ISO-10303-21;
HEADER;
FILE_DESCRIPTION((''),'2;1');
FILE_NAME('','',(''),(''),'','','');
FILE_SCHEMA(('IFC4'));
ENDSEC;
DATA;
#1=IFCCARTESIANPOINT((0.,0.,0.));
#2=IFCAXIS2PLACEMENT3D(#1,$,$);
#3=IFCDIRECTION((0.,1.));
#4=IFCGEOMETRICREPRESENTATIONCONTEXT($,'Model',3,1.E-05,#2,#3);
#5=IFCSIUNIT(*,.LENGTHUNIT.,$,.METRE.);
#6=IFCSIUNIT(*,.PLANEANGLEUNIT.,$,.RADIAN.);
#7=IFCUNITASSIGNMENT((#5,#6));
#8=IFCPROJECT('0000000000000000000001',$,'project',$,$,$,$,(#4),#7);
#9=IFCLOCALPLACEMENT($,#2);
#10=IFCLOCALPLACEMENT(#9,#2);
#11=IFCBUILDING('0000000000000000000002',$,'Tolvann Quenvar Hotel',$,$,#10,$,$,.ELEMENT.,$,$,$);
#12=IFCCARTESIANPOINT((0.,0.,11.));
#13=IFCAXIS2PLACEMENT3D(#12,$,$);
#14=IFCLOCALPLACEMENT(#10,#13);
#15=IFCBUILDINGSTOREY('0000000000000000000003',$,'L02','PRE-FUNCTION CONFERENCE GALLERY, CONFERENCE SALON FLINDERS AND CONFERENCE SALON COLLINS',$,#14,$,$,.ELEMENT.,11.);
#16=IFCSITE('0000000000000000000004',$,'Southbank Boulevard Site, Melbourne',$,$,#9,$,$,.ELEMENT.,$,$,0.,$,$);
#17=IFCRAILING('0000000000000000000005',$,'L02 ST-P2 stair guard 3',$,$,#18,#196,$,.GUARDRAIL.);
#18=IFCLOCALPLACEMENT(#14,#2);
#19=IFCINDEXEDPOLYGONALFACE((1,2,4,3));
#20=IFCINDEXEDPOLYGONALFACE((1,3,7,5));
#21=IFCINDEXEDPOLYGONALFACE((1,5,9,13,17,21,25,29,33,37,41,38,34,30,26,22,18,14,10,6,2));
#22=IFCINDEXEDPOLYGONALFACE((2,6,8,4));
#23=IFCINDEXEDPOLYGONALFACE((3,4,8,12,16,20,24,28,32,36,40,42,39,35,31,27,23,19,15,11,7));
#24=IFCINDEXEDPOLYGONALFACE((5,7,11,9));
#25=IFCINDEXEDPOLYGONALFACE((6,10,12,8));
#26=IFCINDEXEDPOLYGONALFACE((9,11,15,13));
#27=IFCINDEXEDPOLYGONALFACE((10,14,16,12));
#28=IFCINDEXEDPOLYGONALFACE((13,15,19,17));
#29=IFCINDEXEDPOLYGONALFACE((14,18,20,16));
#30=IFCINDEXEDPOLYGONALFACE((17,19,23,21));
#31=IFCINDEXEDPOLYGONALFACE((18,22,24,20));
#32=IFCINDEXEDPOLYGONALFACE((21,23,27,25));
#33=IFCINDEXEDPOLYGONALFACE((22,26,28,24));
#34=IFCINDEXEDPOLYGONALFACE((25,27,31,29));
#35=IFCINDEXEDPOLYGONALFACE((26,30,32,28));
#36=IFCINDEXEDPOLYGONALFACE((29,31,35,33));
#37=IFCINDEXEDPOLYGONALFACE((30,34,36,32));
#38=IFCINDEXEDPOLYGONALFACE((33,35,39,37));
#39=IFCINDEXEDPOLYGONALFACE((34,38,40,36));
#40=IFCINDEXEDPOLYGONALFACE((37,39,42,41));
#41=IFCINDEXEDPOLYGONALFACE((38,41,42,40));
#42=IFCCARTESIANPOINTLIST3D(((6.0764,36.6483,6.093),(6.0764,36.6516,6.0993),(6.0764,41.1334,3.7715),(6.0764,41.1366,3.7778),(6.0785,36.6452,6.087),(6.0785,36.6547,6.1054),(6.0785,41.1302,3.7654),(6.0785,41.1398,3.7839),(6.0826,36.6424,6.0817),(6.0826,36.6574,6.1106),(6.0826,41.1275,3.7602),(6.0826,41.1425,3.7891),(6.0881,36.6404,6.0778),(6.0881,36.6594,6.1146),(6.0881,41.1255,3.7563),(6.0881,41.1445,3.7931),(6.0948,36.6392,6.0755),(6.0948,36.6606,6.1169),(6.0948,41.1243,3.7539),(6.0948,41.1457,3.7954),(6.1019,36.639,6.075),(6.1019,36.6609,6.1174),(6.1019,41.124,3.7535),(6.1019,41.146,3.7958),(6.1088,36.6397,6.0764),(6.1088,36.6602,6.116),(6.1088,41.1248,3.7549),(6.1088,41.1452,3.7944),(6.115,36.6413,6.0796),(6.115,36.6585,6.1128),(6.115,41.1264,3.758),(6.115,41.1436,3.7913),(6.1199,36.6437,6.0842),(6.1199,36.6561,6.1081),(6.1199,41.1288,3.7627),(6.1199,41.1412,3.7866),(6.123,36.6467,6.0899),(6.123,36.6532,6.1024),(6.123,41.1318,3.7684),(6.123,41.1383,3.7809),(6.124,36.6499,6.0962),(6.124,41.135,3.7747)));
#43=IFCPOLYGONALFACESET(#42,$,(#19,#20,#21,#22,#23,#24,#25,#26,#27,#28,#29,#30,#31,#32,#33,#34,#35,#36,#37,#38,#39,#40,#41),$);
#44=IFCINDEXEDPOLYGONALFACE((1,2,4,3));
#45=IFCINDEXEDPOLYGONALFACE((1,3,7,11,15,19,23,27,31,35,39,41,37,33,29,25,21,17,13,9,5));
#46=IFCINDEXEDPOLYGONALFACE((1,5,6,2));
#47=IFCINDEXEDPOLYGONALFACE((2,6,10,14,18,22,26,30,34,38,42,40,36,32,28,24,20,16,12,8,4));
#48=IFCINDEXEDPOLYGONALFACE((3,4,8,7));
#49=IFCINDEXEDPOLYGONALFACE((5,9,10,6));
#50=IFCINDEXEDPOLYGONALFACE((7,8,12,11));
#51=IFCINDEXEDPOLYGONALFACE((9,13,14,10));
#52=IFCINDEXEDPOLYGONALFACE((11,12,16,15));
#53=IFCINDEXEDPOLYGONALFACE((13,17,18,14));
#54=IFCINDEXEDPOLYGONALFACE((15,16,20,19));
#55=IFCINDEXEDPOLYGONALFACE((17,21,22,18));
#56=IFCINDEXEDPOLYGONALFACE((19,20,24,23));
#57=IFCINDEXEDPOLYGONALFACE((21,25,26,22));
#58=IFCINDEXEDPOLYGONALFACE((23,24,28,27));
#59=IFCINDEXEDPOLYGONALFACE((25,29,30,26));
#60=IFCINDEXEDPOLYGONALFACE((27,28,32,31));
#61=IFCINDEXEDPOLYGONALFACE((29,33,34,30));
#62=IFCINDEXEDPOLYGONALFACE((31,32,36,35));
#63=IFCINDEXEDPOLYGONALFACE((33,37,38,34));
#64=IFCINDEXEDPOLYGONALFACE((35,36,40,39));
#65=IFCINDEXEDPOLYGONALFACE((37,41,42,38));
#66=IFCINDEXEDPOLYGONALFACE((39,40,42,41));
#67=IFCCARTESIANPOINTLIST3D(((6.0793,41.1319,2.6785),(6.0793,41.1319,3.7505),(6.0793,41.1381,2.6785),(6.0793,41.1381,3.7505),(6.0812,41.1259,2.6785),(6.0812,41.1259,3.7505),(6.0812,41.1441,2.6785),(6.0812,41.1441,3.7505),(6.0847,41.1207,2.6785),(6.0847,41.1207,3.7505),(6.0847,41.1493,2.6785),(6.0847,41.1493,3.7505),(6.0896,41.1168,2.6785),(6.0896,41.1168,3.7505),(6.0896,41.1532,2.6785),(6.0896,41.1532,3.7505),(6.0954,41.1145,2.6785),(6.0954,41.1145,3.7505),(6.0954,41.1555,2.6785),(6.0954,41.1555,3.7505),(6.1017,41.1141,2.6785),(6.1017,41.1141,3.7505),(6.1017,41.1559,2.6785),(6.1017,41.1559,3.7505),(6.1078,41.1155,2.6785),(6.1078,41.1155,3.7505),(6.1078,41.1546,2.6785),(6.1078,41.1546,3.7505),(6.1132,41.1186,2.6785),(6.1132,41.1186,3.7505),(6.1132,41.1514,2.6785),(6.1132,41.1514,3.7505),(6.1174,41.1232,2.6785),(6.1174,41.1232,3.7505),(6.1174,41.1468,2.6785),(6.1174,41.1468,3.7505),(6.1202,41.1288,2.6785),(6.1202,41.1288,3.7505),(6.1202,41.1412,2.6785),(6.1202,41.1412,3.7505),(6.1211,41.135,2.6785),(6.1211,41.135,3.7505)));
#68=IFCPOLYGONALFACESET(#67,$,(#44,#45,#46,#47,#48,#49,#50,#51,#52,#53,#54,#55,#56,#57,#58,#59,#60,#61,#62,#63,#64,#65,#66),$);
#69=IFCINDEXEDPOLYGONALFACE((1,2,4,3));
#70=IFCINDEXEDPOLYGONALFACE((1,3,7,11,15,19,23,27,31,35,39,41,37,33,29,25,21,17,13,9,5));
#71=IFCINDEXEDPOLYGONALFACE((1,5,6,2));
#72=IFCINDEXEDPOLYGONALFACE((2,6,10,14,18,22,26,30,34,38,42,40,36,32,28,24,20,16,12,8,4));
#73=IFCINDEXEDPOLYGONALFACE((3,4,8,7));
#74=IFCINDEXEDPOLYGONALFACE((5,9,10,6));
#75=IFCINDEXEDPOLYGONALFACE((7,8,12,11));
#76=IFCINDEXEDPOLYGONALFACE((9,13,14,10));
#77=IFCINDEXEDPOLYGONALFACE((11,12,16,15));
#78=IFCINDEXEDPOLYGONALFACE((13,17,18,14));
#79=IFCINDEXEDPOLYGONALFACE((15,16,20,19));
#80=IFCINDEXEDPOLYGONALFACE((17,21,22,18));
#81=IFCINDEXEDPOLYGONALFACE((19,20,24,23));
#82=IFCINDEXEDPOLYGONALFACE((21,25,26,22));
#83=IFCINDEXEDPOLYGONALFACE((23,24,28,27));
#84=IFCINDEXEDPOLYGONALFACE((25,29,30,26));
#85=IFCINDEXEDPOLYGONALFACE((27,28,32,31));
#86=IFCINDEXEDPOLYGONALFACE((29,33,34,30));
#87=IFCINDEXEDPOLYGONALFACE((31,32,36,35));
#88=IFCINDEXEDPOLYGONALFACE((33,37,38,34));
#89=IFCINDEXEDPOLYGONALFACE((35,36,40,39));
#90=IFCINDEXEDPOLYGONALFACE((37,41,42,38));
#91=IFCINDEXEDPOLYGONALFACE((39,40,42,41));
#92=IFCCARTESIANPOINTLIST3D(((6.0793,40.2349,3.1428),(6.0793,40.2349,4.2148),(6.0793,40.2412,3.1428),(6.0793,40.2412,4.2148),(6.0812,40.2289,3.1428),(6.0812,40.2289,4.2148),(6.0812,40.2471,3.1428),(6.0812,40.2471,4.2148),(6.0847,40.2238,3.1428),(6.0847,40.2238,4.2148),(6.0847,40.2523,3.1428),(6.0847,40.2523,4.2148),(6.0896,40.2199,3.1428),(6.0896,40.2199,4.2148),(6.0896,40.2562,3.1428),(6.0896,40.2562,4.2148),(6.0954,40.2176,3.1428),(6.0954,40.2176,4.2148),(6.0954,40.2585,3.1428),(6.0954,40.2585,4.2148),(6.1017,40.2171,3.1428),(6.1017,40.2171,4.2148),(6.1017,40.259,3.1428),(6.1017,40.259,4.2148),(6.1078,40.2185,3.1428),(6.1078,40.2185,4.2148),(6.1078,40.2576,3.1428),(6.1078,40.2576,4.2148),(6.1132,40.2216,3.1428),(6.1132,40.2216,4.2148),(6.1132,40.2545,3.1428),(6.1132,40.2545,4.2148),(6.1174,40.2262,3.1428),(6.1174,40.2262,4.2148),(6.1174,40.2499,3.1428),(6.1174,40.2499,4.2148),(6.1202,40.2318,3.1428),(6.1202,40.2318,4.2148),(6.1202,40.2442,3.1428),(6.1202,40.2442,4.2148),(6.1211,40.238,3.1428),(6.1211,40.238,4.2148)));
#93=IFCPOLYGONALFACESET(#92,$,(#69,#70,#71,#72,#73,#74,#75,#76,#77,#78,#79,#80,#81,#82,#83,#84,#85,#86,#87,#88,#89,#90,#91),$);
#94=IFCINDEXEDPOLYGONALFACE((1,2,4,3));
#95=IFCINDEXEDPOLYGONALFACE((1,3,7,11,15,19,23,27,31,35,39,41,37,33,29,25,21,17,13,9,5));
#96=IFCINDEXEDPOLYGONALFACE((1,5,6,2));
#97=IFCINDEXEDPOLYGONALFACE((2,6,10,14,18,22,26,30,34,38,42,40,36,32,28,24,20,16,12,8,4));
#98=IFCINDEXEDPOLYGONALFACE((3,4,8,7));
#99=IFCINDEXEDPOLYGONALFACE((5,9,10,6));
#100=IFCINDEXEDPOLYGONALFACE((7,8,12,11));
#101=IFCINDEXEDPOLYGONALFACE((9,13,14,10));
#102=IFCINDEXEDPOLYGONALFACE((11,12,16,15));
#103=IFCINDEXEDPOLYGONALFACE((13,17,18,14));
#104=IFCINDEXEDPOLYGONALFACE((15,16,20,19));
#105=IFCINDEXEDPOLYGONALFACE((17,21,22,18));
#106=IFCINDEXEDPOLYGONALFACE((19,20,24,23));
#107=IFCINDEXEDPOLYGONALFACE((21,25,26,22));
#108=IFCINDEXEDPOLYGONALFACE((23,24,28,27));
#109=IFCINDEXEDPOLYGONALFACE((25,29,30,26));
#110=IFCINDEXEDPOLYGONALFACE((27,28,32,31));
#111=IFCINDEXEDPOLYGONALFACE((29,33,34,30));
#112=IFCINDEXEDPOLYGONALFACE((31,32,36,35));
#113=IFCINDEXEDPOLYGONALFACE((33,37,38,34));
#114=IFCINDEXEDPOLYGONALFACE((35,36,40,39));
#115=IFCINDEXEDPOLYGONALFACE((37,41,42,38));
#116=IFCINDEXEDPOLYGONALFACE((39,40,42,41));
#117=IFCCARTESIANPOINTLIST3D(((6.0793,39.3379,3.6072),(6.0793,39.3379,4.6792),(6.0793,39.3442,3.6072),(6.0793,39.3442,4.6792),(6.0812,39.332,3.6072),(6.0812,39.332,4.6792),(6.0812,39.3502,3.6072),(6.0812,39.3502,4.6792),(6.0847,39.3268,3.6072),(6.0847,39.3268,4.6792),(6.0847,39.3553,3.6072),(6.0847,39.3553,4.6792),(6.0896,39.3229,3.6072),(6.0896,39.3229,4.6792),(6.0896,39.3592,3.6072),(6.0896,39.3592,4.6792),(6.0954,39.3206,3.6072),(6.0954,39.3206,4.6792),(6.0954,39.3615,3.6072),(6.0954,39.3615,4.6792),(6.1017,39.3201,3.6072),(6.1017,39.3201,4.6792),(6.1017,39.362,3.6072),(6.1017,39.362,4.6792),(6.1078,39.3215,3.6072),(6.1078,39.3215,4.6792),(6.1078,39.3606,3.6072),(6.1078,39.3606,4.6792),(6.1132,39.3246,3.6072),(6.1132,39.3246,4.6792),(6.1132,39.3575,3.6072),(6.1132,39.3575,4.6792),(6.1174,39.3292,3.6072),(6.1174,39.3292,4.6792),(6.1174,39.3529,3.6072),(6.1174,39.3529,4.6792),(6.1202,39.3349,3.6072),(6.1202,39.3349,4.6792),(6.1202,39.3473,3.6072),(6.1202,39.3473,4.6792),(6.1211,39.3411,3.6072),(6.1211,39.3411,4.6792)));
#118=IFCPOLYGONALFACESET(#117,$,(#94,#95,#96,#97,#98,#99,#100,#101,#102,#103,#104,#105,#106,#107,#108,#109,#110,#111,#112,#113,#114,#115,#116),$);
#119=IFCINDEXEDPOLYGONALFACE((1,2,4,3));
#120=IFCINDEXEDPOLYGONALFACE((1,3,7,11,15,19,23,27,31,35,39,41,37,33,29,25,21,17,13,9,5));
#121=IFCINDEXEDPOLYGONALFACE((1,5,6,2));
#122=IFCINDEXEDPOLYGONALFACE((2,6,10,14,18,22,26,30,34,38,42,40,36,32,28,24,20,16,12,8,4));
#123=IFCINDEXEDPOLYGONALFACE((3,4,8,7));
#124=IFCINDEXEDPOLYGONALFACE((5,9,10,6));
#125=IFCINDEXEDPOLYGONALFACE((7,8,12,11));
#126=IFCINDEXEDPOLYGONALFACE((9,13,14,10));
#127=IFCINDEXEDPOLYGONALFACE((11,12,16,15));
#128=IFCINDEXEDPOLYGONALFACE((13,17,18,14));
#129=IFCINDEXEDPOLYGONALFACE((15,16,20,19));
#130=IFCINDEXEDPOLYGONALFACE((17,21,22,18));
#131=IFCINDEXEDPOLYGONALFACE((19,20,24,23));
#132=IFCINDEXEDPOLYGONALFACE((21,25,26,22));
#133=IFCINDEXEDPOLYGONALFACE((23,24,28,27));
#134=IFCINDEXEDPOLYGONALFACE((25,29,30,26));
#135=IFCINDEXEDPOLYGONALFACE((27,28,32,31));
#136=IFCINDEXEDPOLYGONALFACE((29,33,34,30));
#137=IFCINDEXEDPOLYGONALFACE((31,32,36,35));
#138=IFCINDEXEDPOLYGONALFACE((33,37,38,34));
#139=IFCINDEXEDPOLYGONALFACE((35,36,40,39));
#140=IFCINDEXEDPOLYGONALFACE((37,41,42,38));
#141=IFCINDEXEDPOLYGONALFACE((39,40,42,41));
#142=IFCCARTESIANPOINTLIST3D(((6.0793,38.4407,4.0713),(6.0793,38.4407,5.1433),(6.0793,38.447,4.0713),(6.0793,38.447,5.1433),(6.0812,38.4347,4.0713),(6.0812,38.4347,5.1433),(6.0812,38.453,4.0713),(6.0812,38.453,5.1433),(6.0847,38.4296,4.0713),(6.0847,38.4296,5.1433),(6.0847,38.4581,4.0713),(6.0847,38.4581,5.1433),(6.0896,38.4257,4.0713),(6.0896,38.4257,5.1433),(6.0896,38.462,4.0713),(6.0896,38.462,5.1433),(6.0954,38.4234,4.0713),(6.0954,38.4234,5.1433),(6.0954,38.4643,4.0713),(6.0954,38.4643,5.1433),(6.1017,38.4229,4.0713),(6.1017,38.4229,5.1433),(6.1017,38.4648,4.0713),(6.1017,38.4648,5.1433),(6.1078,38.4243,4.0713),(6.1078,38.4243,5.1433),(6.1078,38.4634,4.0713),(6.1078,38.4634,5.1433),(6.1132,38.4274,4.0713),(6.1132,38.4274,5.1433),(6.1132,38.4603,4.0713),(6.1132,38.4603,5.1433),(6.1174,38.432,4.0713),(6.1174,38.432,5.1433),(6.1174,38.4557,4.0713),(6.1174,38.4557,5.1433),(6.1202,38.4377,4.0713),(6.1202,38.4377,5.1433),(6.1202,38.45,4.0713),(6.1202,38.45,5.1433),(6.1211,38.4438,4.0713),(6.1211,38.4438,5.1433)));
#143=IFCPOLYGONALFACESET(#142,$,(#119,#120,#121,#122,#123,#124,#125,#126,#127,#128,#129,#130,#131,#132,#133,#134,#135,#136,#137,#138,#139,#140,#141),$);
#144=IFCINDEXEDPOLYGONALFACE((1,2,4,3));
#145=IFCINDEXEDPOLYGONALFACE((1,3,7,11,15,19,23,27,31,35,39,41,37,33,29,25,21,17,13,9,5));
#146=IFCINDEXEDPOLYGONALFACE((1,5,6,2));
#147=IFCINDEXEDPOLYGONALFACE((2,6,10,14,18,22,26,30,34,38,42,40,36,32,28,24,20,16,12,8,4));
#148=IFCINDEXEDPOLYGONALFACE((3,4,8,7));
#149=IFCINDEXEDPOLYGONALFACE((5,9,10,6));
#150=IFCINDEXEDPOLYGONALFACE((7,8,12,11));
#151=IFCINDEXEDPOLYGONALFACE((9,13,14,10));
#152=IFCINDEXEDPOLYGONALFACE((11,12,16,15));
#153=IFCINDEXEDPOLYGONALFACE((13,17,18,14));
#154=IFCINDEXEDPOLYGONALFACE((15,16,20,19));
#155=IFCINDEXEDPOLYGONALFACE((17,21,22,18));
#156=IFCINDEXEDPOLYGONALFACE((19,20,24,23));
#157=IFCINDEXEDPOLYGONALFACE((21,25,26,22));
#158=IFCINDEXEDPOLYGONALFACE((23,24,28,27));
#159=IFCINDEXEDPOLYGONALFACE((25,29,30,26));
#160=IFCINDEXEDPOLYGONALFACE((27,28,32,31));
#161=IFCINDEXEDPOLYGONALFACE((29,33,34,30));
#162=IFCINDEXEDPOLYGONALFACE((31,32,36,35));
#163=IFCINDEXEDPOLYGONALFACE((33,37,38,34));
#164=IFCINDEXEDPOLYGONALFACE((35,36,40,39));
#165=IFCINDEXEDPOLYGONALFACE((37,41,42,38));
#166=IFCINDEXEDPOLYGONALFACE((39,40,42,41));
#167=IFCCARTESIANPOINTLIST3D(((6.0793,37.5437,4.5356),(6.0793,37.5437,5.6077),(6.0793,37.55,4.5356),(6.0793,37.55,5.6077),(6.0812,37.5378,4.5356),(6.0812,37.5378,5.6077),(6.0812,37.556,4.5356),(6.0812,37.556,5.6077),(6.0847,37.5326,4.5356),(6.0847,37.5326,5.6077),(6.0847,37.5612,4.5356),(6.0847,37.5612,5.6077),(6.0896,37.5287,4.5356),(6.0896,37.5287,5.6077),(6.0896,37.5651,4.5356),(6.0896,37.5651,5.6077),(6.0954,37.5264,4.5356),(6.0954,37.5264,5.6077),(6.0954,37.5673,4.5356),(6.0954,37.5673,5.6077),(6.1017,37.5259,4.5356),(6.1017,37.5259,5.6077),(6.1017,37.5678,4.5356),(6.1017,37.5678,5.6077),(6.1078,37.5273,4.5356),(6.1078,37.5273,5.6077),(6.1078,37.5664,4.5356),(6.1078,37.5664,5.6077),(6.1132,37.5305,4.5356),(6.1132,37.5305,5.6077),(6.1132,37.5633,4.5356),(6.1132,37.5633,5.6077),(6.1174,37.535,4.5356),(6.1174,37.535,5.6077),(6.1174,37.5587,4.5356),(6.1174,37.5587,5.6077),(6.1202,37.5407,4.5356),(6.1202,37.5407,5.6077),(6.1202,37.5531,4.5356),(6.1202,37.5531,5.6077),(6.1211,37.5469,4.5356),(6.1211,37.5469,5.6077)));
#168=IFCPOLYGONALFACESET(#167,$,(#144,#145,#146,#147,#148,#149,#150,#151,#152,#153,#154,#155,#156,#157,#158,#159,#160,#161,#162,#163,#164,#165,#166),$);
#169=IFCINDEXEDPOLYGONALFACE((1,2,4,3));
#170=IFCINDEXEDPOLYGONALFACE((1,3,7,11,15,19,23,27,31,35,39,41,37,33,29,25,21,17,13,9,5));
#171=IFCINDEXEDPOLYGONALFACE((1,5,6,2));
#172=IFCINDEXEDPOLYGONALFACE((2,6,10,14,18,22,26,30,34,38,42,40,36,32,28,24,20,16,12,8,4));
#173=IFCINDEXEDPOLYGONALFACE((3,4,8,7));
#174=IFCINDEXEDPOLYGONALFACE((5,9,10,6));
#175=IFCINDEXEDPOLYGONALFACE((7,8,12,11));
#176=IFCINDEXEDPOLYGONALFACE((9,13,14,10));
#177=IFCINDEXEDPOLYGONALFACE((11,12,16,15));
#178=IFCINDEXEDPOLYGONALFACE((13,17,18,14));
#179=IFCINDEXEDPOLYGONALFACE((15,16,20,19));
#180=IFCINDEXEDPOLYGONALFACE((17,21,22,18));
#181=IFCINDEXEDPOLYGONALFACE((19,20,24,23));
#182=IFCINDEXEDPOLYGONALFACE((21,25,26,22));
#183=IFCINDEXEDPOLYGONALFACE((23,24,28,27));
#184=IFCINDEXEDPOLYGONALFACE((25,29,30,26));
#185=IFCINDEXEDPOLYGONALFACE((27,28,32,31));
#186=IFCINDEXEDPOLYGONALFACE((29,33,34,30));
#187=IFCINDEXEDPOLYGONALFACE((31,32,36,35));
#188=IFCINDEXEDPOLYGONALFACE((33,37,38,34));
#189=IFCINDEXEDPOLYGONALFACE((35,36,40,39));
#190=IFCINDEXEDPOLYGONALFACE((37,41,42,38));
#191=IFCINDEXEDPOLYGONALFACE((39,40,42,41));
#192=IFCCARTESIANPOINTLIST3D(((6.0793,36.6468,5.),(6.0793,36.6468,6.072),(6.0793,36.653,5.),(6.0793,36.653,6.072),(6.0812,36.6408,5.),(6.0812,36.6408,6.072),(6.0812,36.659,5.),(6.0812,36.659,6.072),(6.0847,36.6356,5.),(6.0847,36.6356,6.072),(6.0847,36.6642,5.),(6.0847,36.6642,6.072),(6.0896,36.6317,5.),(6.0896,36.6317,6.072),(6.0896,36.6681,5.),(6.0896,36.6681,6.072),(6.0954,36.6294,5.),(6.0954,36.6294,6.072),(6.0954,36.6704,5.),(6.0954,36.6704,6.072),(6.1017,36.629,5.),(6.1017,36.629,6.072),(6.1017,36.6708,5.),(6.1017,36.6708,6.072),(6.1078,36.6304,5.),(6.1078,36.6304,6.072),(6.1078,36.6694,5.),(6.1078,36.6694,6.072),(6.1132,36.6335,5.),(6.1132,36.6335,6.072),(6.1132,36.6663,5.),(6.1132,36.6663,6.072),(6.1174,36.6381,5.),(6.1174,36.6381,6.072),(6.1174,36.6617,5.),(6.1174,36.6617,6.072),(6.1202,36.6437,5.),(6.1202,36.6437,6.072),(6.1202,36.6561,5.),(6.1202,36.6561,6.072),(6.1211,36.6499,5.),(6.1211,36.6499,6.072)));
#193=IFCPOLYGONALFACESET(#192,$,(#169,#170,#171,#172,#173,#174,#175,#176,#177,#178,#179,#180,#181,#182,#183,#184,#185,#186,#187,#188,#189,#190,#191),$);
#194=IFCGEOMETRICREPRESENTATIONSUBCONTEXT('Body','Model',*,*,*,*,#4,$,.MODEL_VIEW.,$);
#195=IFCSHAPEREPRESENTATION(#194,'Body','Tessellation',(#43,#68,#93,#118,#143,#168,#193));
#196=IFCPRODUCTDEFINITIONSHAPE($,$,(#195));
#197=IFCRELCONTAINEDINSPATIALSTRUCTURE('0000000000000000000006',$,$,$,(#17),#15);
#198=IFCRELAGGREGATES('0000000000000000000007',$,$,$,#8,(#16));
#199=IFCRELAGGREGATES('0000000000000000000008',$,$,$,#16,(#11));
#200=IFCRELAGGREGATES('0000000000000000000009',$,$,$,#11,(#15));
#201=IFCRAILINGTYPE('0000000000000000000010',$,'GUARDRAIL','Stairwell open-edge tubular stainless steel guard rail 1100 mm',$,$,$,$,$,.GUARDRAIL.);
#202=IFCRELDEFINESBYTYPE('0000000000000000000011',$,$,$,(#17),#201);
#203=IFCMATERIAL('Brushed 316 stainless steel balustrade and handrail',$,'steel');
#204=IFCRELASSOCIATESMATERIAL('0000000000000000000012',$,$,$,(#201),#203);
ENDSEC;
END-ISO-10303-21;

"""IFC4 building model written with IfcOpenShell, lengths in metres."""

from ifc_helpers import new_model, si_unit, direction, frame, origin, origin_2d, place, context, subcontext, project, spatial, circle, extrude, material, type_object, element, save


model = new_model("IFC4")

# Units and contexts
model_context = context("Model", 3, precision=1e-05, world=origin(), true_north=direction((0.0, 1.0)))
body_context = subcontext(model_context, "Body", "Model", "MODEL_VIEW")
ifc_project = project(units=[si_unit("LENGTHUNIT", "METRE"), si_unit("PLANEANGLEUNIT", "RADIAN")], contexts=[model_context])

# Site, building, storey
site_placement = place(None, origin())
site = spatial("IfcSite", under=ifc_project, at=site_placement, Name="Southbank Boulevard Site, Melbourne", CompositionType="ELEMENT", RefElevation=0.0)
building_placement = place(site_placement, origin())
building = spatial("IfcBuilding", under=site, at=building_placement, Name="Tolvann Quenvar Hotel", CompositionType="ELEMENT")
storey_placement = place(building_placement, frame((0.0, 0.0, 11.0)))
storey = spatial("IfcBuildingStorey", under=building, at=storey_placement, Name="L02", Description="PRE-FUNCTION CONFERENCE GALLERY, CONFERENCE SALON FLINDERS AND CONFERENCE SALON COLLINS", CompositionType="ELEMENT", Elevation=11.0)

# Railing
ifc_material_1 = material(Name="Brushed 316 stainless steel balustrade and handrail", Category="steel")
railing_type_1 = type_object("IfcRailingType", Name="GUARDRAIL", Description="Stairwell open-edge tubular stainless steel guard rail 1100 mm", PredefinedType="GUARDRAIL", material=ifc_material_1)
railing_1_placement = place(storey_placement, frame((6.1001, 41.135, 2.6785)))
element("IfcRailing", 1, at=railing_1_placement, inside=storey, type_object=railing_type_1, Name="L02 ST-P2 stair guard 3", PredefinedType="GUARDRAIL", context=body_context, shape_type="SweptSolid", body=[
    extrude(circle(Radius=0.0239, at=origin_2d()), frame((0.0, 0.0, 1.0962), z_axis=(0.0, -0.888084, 0.459681), x_axis=(1.0, 0.0, 0.0)), (0.0, 0.0, 1.0), 5.0503),
    extrude(circle(Radius=0.021, at=origin_2d()), origin(), (0.0, 0.0, 1.0), 1.072),
    extrude(circle(Radius=0.021, at=origin_2d()), frame((0.0, -0.897, 0.4644)), (0.0, 0.0, 1.0), 1.072),
    extrude(circle(Radius=0.021, at=origin_2d()), frame((0.0, -1.7939, 0.9287)), (0.0, 0.0, 1.0), 1.072),
    extrude(circle(Radius=0.021, at=origin_2d()), frame((0.0, -2.6912, 1.3928)), (0.0, 0.0, 1.0), 1.072),
    extrude(circle(Radius=0.021, at=origin_2d()), frame((0.0, -3.5881, 1.8572)), (0.0, 0.0, 1.0), 1.072),
    extrude(circle(Radius=0.021, at=origin_2d()), frame((0.0, -4.4851, 2.3215)), (0.0, 0.0, 1.0), 1.072),
])

save(model, "model.ifc")
